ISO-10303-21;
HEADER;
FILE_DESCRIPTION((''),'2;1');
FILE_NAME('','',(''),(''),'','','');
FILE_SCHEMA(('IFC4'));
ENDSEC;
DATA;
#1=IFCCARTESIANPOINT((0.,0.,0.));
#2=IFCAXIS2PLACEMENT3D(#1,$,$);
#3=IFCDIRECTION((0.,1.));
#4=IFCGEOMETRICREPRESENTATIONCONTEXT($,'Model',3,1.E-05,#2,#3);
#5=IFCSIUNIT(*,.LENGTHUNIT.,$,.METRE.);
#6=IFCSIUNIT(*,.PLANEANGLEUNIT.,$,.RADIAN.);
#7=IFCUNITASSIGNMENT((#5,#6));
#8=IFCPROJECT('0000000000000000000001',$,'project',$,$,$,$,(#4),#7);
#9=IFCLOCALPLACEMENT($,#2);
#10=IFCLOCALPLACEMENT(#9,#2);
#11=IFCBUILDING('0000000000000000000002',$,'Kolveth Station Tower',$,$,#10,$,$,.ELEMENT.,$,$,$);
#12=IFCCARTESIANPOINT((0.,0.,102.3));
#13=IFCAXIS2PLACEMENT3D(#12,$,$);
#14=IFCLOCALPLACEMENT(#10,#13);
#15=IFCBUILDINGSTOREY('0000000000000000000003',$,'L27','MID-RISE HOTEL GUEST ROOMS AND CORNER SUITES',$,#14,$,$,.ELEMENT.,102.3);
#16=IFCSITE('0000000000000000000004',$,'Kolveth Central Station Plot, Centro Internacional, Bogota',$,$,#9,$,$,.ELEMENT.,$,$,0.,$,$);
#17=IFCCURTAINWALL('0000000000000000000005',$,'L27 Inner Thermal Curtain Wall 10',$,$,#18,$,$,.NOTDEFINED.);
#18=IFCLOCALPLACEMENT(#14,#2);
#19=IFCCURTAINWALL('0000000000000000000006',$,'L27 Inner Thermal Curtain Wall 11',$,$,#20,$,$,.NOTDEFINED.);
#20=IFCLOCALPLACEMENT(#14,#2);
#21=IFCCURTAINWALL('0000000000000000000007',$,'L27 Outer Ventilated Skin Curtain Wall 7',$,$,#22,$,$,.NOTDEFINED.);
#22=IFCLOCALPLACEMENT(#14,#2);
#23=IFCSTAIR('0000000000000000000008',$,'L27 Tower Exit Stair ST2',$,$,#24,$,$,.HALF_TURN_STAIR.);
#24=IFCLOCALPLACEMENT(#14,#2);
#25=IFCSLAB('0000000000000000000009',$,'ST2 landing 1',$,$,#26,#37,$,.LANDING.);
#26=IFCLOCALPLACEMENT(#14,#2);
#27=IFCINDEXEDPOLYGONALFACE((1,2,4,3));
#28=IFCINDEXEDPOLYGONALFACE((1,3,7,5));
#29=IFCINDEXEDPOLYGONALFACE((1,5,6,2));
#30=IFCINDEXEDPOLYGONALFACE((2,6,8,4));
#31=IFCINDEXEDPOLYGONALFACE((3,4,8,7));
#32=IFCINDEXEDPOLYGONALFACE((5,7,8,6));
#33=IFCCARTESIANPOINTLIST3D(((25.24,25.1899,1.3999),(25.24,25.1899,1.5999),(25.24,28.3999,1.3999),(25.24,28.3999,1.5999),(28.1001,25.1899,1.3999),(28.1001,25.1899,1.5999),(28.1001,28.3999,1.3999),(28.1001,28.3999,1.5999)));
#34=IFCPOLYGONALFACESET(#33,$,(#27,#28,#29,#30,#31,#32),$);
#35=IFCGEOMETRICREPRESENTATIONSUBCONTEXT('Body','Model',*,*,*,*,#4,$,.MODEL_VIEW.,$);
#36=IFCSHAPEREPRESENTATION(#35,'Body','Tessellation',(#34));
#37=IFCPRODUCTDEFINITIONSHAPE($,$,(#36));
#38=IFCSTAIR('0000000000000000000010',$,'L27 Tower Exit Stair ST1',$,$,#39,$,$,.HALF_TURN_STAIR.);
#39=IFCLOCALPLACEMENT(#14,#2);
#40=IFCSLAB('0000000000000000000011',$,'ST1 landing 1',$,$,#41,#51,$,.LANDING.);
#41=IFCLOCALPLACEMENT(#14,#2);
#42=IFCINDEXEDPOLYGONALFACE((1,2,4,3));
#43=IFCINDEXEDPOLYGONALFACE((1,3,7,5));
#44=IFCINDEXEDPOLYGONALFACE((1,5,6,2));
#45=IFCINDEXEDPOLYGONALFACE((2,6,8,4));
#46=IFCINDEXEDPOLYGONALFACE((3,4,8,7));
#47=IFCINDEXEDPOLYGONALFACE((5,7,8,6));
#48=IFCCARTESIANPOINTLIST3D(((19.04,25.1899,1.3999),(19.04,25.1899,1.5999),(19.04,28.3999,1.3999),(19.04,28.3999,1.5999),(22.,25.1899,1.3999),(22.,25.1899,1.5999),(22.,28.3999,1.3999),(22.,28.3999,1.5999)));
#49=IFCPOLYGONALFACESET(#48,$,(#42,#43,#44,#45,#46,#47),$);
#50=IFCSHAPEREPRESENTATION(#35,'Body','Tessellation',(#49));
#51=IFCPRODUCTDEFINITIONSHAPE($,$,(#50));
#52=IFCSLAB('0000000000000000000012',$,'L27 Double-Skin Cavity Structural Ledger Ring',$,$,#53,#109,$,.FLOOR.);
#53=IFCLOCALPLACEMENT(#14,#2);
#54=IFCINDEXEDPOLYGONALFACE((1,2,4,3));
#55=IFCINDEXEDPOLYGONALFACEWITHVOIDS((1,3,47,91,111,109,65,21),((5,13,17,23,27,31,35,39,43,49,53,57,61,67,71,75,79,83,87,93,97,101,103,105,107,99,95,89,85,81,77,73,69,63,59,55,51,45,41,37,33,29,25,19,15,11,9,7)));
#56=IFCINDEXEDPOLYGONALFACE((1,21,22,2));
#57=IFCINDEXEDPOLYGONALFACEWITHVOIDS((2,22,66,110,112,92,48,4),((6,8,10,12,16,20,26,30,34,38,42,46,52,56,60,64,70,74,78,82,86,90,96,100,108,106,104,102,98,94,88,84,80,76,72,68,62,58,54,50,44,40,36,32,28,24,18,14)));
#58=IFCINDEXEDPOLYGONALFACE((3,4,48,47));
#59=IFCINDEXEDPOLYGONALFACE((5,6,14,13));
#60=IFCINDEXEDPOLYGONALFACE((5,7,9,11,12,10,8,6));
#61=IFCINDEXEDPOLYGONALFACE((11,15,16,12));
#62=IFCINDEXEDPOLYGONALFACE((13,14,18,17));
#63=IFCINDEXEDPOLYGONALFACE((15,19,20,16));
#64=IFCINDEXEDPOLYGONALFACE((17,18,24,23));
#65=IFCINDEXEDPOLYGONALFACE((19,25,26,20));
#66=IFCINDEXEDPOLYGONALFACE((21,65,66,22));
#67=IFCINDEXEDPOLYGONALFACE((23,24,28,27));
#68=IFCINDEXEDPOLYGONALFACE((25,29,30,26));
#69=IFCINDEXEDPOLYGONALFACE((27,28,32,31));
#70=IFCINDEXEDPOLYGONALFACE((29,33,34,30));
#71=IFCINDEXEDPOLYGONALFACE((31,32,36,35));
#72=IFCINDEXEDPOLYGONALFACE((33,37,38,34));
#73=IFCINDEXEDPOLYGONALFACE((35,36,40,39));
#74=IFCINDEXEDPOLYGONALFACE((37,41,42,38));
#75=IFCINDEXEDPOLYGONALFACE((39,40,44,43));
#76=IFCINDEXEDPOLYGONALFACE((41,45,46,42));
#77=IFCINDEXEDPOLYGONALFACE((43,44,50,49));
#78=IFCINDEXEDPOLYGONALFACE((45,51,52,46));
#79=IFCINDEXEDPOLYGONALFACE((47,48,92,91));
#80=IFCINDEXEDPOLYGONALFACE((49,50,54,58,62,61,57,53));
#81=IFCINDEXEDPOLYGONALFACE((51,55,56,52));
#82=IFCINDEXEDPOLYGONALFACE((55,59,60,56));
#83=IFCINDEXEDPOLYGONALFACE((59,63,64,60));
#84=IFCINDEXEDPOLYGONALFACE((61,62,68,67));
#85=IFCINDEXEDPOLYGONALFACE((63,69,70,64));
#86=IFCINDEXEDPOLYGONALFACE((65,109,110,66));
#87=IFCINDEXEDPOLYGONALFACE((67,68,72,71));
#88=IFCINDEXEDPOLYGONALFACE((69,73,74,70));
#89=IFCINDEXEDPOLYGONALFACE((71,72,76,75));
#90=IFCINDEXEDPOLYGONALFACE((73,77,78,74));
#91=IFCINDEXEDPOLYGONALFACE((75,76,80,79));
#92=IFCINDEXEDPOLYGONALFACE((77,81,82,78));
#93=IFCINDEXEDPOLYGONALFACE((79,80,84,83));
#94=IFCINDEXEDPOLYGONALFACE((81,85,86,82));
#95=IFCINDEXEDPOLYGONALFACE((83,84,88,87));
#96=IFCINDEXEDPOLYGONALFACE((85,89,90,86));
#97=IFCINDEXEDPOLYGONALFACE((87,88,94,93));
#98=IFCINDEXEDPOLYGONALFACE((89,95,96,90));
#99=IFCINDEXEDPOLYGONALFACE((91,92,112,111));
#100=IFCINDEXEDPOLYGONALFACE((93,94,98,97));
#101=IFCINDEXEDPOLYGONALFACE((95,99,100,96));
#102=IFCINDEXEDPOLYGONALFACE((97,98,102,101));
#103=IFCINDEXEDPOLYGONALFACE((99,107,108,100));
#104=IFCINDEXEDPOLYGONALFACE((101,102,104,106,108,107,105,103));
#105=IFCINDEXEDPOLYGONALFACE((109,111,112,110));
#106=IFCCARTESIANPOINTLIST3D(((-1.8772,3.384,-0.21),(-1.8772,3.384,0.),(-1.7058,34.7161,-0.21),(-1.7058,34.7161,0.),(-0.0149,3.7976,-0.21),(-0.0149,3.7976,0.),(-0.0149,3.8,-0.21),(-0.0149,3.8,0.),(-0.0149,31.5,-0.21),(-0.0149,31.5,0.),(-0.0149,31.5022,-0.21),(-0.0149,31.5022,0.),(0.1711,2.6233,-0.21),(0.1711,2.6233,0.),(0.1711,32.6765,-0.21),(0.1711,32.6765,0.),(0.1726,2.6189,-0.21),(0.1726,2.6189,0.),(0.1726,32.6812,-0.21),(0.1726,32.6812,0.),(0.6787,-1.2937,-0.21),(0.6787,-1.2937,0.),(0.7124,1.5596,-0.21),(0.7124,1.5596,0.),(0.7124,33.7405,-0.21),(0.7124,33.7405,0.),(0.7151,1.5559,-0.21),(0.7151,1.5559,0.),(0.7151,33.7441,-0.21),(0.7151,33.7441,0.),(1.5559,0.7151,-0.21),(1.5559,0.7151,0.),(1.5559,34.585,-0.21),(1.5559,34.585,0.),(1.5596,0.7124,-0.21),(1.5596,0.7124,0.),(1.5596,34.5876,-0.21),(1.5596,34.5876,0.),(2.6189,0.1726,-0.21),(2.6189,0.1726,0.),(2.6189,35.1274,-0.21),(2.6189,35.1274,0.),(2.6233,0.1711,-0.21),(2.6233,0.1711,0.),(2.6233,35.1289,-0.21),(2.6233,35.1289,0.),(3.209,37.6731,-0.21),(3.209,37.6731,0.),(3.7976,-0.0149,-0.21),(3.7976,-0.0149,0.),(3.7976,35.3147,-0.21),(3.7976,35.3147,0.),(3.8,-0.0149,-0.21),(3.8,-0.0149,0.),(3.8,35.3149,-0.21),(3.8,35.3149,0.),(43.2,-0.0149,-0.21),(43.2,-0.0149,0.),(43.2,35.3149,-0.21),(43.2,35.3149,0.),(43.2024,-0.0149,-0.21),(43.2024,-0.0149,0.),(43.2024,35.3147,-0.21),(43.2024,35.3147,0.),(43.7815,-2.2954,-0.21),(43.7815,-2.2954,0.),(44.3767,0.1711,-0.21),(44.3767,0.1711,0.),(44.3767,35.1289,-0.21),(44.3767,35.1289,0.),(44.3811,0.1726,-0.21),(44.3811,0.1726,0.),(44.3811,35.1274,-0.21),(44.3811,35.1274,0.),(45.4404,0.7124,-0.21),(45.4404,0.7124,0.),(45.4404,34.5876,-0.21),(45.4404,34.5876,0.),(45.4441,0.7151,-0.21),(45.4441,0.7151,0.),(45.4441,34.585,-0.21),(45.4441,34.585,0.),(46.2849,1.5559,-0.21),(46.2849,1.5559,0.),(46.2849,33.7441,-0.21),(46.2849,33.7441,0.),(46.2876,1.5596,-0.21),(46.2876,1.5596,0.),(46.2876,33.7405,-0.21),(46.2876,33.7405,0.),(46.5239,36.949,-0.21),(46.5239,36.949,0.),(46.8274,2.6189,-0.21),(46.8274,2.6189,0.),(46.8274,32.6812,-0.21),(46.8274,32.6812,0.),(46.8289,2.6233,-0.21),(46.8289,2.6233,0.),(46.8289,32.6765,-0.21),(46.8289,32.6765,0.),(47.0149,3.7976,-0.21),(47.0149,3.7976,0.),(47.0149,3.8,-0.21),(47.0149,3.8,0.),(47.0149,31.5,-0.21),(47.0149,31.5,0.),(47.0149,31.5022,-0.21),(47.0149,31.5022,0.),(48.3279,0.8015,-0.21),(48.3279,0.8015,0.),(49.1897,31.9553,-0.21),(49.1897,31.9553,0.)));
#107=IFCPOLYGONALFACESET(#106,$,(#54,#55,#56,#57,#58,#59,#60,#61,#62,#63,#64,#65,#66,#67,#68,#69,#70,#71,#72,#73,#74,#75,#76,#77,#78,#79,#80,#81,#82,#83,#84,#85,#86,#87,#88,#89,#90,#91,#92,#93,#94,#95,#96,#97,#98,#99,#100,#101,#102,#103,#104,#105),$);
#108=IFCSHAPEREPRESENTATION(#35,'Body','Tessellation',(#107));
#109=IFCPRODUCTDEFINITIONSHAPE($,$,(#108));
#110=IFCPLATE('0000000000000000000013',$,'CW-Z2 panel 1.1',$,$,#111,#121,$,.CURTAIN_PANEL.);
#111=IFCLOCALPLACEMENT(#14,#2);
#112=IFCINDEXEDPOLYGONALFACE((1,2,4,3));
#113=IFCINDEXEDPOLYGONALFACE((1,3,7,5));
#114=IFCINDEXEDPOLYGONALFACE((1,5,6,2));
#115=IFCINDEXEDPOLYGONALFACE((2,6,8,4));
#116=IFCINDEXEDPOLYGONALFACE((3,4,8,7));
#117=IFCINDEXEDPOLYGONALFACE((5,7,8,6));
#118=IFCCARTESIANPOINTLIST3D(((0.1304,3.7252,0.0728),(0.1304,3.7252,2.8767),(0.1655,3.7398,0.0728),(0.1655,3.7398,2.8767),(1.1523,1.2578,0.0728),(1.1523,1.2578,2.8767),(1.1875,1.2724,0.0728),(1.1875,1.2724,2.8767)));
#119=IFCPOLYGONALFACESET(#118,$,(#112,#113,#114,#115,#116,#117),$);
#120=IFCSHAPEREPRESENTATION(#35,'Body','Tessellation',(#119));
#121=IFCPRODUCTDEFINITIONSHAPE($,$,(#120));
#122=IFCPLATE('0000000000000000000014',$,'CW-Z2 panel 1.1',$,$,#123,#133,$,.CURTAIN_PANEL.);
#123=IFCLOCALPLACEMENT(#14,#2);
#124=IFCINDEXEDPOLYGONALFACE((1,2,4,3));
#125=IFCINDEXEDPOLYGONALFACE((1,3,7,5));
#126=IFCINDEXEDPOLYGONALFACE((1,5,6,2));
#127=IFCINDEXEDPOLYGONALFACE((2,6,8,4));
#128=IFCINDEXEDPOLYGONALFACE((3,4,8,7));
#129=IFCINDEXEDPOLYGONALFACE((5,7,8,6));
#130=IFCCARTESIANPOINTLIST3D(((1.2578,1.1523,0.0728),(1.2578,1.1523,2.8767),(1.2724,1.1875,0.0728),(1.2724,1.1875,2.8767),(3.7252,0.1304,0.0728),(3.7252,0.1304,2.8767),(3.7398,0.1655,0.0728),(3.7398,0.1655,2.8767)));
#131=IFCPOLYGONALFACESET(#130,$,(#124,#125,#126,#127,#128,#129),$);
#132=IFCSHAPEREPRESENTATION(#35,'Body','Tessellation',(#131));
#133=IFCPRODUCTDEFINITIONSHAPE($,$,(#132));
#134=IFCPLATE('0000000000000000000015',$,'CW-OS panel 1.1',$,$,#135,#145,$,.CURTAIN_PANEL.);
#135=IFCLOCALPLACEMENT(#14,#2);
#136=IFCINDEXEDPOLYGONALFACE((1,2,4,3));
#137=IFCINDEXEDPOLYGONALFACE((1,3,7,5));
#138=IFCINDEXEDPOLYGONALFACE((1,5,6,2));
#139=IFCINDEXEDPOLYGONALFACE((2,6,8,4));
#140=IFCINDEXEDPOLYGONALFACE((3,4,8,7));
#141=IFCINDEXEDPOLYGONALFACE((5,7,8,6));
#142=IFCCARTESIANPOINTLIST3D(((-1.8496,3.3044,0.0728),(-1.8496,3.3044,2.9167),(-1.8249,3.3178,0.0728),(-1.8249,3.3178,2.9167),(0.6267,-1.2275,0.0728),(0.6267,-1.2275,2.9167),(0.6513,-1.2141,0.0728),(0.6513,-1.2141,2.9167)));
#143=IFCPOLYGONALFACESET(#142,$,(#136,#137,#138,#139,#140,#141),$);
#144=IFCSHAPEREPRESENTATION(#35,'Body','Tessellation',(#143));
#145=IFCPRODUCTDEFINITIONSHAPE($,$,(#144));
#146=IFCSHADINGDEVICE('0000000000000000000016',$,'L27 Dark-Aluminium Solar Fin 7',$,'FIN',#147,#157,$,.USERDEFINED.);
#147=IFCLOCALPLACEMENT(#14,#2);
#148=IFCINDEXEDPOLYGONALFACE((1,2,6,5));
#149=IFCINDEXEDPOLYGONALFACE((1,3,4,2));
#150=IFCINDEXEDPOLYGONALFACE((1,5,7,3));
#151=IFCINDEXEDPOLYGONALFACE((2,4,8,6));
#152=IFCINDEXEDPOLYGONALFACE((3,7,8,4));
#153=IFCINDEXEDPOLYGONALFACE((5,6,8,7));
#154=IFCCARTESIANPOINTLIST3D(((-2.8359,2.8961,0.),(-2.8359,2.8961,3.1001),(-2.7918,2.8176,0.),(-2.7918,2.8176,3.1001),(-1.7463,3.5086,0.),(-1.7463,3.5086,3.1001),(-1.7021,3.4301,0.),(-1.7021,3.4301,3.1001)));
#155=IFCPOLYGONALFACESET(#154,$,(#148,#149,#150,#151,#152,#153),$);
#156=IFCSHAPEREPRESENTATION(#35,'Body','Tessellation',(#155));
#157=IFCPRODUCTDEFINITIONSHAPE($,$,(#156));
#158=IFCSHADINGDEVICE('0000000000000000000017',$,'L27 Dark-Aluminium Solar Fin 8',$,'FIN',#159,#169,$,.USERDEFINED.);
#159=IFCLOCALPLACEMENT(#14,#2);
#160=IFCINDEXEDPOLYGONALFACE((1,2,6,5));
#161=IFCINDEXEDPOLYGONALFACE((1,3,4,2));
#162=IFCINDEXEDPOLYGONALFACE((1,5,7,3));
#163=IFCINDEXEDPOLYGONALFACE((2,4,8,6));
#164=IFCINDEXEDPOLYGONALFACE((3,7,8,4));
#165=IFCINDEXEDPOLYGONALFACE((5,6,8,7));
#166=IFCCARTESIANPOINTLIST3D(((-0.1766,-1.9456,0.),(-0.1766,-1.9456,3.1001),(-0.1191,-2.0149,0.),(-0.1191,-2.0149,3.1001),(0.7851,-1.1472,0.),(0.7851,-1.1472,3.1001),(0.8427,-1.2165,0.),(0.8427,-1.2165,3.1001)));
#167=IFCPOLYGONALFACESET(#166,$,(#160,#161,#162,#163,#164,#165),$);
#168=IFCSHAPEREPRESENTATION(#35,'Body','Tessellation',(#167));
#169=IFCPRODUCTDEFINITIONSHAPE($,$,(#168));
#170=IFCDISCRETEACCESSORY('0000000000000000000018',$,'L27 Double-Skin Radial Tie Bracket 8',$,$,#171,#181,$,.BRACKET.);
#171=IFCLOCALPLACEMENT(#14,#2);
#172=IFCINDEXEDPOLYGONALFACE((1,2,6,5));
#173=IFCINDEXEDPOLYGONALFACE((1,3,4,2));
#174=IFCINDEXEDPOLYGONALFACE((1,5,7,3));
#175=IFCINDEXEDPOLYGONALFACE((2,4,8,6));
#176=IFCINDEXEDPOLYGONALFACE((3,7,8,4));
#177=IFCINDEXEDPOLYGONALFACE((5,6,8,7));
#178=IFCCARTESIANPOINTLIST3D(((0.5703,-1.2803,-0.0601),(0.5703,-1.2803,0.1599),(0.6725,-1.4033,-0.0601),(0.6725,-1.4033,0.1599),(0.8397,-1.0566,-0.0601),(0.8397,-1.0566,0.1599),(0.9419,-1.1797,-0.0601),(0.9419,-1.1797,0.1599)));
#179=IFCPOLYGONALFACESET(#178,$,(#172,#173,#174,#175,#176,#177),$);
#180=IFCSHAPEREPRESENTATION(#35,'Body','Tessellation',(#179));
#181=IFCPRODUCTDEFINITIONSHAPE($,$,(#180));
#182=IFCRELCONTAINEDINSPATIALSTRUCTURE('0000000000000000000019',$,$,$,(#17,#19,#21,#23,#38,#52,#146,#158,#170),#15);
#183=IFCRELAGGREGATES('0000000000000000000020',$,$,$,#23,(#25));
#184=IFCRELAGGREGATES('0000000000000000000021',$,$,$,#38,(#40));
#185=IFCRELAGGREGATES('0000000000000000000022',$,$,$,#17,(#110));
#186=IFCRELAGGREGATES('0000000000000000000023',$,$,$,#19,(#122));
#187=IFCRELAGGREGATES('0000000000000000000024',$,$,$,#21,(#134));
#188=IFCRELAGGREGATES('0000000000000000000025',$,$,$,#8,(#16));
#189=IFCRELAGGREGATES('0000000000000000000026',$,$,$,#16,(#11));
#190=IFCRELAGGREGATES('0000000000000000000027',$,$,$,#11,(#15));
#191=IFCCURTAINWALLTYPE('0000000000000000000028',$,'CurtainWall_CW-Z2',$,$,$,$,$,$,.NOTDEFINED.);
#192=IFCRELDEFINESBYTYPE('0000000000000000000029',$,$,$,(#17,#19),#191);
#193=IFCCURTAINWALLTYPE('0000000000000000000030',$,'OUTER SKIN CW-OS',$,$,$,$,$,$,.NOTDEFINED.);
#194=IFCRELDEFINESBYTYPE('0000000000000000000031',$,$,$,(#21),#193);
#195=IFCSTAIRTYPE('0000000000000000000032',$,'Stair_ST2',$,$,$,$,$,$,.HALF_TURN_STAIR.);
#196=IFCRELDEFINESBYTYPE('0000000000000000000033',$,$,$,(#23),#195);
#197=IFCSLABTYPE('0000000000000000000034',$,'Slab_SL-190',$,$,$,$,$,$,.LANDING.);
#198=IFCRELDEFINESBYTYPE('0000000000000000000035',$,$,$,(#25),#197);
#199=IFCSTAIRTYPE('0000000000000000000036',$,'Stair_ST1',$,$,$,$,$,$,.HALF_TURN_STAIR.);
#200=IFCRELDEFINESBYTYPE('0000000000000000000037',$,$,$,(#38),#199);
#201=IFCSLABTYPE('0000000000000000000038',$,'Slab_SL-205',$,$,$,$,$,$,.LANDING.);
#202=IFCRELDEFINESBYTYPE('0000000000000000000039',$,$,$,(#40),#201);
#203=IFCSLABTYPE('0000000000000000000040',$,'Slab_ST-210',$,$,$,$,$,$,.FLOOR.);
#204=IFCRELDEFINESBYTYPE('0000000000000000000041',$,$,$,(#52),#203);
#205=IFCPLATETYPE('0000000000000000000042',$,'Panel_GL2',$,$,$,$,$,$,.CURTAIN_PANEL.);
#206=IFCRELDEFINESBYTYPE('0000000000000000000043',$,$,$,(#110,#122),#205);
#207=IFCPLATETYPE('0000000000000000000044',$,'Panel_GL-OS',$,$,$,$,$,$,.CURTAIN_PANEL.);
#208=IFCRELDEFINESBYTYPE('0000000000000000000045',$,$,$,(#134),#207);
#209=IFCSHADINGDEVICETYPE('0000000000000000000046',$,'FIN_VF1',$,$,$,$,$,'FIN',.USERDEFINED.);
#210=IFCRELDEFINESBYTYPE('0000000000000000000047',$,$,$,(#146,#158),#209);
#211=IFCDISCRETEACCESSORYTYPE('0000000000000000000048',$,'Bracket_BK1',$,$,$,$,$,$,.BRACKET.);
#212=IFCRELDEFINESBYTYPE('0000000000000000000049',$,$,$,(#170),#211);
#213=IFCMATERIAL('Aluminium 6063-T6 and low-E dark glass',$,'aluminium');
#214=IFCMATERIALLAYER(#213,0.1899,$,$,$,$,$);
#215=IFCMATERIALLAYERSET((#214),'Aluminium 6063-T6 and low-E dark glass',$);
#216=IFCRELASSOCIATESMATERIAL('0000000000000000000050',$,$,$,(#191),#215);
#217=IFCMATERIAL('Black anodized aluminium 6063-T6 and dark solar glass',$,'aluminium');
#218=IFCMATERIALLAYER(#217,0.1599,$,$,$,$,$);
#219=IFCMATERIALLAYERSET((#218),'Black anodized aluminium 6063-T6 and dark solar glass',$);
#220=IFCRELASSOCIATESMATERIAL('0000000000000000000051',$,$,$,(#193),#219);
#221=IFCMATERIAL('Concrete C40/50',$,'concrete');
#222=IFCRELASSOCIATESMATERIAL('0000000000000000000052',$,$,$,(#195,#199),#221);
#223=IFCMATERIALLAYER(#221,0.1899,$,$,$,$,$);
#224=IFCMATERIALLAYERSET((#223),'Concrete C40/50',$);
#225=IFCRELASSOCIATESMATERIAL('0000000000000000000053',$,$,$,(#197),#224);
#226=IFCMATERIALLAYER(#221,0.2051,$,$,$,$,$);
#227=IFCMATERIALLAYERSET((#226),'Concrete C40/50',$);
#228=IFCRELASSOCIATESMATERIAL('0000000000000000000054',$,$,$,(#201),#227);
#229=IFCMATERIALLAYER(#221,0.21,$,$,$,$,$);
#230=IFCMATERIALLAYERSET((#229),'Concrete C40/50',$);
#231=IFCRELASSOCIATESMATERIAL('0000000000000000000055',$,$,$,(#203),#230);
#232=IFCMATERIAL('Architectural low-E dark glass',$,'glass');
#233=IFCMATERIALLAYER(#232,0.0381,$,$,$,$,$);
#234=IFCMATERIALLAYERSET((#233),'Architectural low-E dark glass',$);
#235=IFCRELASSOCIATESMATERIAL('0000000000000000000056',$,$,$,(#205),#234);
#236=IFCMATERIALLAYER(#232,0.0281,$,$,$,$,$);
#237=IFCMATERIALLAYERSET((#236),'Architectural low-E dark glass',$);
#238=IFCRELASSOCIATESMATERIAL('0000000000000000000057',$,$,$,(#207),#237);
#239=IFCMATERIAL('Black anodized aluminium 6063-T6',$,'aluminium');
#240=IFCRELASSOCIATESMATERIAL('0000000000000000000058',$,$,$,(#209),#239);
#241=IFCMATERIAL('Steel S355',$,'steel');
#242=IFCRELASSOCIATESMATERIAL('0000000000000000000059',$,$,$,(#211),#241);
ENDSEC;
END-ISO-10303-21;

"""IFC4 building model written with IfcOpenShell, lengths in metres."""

from ifc_helpers import new_model, si_unit, direction, frame, origin, origin_2d, place, context, subcontext, project, spatial, polyline, rectangle, outline, extrude, source, transform, mapped, material, layer, layer_set, type_object, element, aggregate, save


model = new_model("IFC4")

# Units and contexts
model_context = context("Model", 3, precision=1e-05, world=origin(), true_north=direction((0.0, 1.0)))
body_context = subcontext(model_context, "Body", "Model", "MODEL_VIEW")
ifc_project = project(units=[si_unit("LENGTHUNIT", "METRE"), si_unit("PLANEANGLEUNIT", "RADIAN")], contexts=[model_context])

# Site, building, storey
site_placement = place(None, origin())
site = spatial("IfcSite", under=ifc_project, at=site_placement, Name="Kolveth Central Station Plot, Centro Internacional, Bogota", CompositionType="ELEMENT", RefElevation=0.0)
building_placement = place(site_placement, origin())
building = spatial("IfcBuilding", under=site, at=building_placement, Name="Kolveth Station Tower", CompositionType="ELEMENT")
storey_placement = place(building_placement, frame((0.0, 0.0, 102.3)))
storey = spatial("IfcBuildingStorey", under=building, at=storey_placement, Name="L27", Description="MID-RISE HOTEL GUEST ROOMS AND CORNER SUITES", CompositionType="ELEMENT", Elevation=102.3)

# Shared definitions
ifc_material_1 = material(Name="Steel S355", Category="steel")

# Curtain wall
ifc_material_2 = material(Name="Aluminium 6063-T6 and low-E dark glass", Category="aluminium")
ifc_layer_1 = layer(ifc_material_2, 0.1899)
ifc_layer_set_1 = layer_set([ifc_layer_1], Name="Aluminium 6063-T6 and low-E dark glass")
curtain_wall_type_1 = type_object("IfcCurtainWallType", Name="CurtainWall_CW-Z2", PredefinedType="NOTDEFINED", material=ifc_layer_set_1)
curtain_wall_1_placement = place(storey_placement, origin())
curtain_wall_1 = element("IfcCurtainWall", 1, at=curtain_wall_1_placement, inside=storey, type_object=curtain_wall_type_1, Name="L27 Inner Thermal Curtain Wall 10", PredefinedType="NOTDEFINED")
ifc_material_3 = material(Name="Black anodized aluminium 6063-T6", Category="aluminium")

# Curtain wall
curtain_wall_2_placement = place(storey_placement, origin())
curtain_wall_2 = element("IfcCurtainWall", 2, at=curtain_wall_2_placement, inside=storey, type_object=curtain_wall_type_1, Name="L27 Inner Thermal Curtain Wall 11", PredefinedType="NOTDEFINED")

# Curtain wall
ifc_material_4 = material(Name="Black anodized aluminium 6063-T6 and dark solar glass", Category="aluminium")
ifc_layer_2 = layer(ifc_material_4, 0.1599)
ifc_layer_set_2 = layer_set([ifc_layer_2], Name="Black anodized aluminium 6063-T6 and dark solar glass")
curtain_wall_type_2 = type_object("IfcCurtainWallType", Name="OUTER SKIN CW-OS", PredefinedType="NOTDEFINED", material=ifc_layer_set_2)
curtain_wall_3_placement = place(storey_placement, origin())
curtain_wall_3 = element("IfcCurtainWall", 3, at=curtain_wall_3_placement, inside=storey, type_object=curtain_wall_type_2, Name="L27 Outer Ventilated Skin Curtain Wall 7", PredefinedType="NOTDEFINED")

# Shared definitions
ifc_material_5 = material(Name="Concrete C40/50", Category="concrete")

# Stairs, slabs
stair_type_1 = type_object("IfcStairType", Name="Stair_ST2", PredefinedType="HALF_TURN_STAIR", material=ifc_material_5)
stair_1_placement = place(storey_placement, origin())
stair_1 = element("IfcStair", 4, at=stair_1_placement, inside=storey, type_object=stair_type_1, Name="L27 Tower Exit Stair ST2", PredefinedType="HALF_TURN_STAIR")
ifc_layer_3 = layer(ifc_material_5, 0.1899)
ifc_layer_set_3 = layer_set([ifc_layer_3], Name="Concrete C40/50")
slab_type_1 = type_object("IfcSlabType", Name="Slab_SL-190", PredefinedType="LANDING", material=ifc_layer_set_3)
slab_1_placement = place(storey_placement, frame((0.0, 0.0, 1.3999)))
slab_1 = element("IfcSlab", 5, at=slab_1_placement, type_object=slab_type_1, Name="ST2 landing 1", PredefinedType="LANDING", context=body_context, shape_type="SweptSolid", body=[
    extrude(outline(polyline([(28.1001, 25.1899), (28.1001, 28.3999), (25.24, 28.3999), (25.24, 25.1899), (28.1001, 25.1899)])), origin(), (0.0, 0.0, 1.0), 0.2),
])
aggregate(stair_1, [slab_1])
stair_type_2 = type_object("IfcStairType", Name="Stair_ST1", PredefinedType="HALF_TURN_STAIR", material=ifc_material_5)
stair_2_placement = place(storey_placement, origin())
stair_2 = element("IfcStair", 6, at=stair_2_placement, inside=storey, type_object=stair_type_2, Name="L27 Tower Exit Stair ST1", PredefinedType="HALF_TURN_STAIR")
ifc_layer_4 = layer(ifc_material_5, 0.2051)
ifc_layer_set_4 = layer_set([ifc_layer_4], Name="Concrete C40/50")
slab_type_2 = type_object("IfcSlabType", Name="Slab_SL-205", PredefinedType="LANDING", material=ifc_layer_set_4)
slab_2_placement = place(storey_placement, frame((0.0, 0.0, 1.3999)))
slab_2 = element("IfcSlab", 7, at=slab_2_placement, type_object=slab_type_2, Name="ST1 landing 1", PredefinedType="LANDING", context=body_context, shape_type="SweptSolid", body=[
    extrude(outline(polyline([(22.0, 25.1899), (22.0, 28.3999), (19.04, 28.3999), (19.04, 25.1899), (22.0, 25.1899)])), origin(), (0.0, 0.0, 1.0), 0.2),
])
aggregate(stair_2, [slab_2])

# Slab
ifc_layer_5 = layer(ifc_material_5, 0.21)
ifc_layer_set_5 = layer_set([ifc_layer_5], Name="Concrete C40/50")
slab_type_3 = type_object("IfcSlabType", Name="Slab_ST-210", PredefinedType="FLOOR", material=ifc_layer_set_5)
slab_3_placement = place(storey_placement, frame((0.0, 0.0, -0.21)))
element("IfcSlab", 8, at=slab_3_placement, inside=storey, type_object=slab_type_3, Name="L27 Double-Skin Cavity Structural Ledger Ring", PredefinedType="FLOOR", context=body_context, shape_type="SweptSolid", body=[
    extrude(outline(polyline([(0.6787, -1.2937), (-1.8772, 3.384), (-1.7058, 34.7161), (3.209, 37.6731), (46.5239, 36.949), (49.1897, 31.9553), (48.3279, 0.8015), (43.7815, -2.2954), (0.6787, -1.2937)]), holes=[polyline([(43.2024, -0.0149), (44.3767, 0.1711), (44.3811, 0.1726), (45.4404, 0.7124), (45.4441, 0.7151), (46.2849, 1.5559), (46.2876, 1.5596), (46.8274, 2.6189), (46.8289, 2.6233), (47.0149, 3.7976), (47.0149, 3.8), (47.0149, 31.5), (47.0149, 31.5022), (46.8289, 32.6765), (46.8274, 32.6812), (46.2876, 33.7405), (46.2849, 33.7441), (45.4441, 34.585), (45.4404, 34.5876), (44.3811, 35.1274), (44.3767, 35.1289), (43.2024, 35.3147), (43.2, 35.3149), (3.8, 35.3149), (3.7976, 35.3147), (2.6233, 35.1289), (2.6189, 35.1274), (1.5596, 34.5876), (1.5559, 34.585), (0.7151, 33.7441), (0.7124, 33.7405), (0.1726, 32.6812), (0.1711, 32.6765), (-0.0149, 31.5022), (-0.0149, 31.5), (-0.0149, 3.8), (-0.0149, 3.7976), (0.1711, 2.6233), (0.1726, 2.6189), (0.7124, 1.5596), (0.7151, 1.5559), (1.5559, 0.7151), (1.5596, 0.7124), (2.6189, 0.1726), (2.6233, 0.1711), (3.7976, -0.0149), (3.8, -0.0149), (43.2, -0.0149), (43.2024, -0.0149)])]), origin(), (0.0, 0.0, 1.0), 0.21),
])

# Plates
ifc_material_6 = material(Name="Architectural low-E dark glass", Category="glass")
ifc_layer_6 = layer(ifc_material_6, 0.0381)
ifc_layer_set_6 = layer_set([ifc_layer_6], Name="Architectural low-E dark glass")
plate_type_1 = type_object("IfcPlateType", Name="Panel_GL2", PredefinedType="CURTAIN_PANEL", material=ifc_layer_set_6)
shared_shape_1 = source(origin(), body_context, "Body", "SweptSolid", [
    extrude(rectangle(XDim=2.6707, YDim=0.0381, at=origin_2d()), origin(), (0.0, 0.0, 1.0), 2.804),
])
plate_1_placement = place(storey_placement, frame((0.6589, 2.4988, 0.0728), z_axis=(0.0, 0.0, 1.0), x_axis=(0.382663, -0.923888, 0.0)))
plate_1 = element("IfcPlate", 9, at=plate_1_placement, type_object=plate_type_1, Name="CW-Z2 panel 1.1", PredefinedType="CURTAIN_PANEL", context=body_context, shape_type="MappedRepresentation", body=[
    mapped(shared_shape_1, transform((0.0, 0.0, 0.0), x_axis=(1.0, 0.0, 0.0), y_axis=(0.0, 1.0, 0.0), z_axis=(0.0, 0.0, 1.0), scale=1.0)),
])
aggregate(curtain_wall_1, [plate_1])
plate_2_placement = place(storey_placement, frame((2.4988, 0.6589, 0.0728), z_axis=(0.0, 0.0, 1.0), x_axis=(0.923888, -0.382663, 0.0)))
plate_2 = element("IfcPlate", 10, at=plate_2_placement, type_object=plate_type_1, Name="CW-Z2 panel 1.1", PredefinedType="CURTAIN_PANEL", context=body_context, shape_type="MappedRepresentation", body=[
    mapped(shared_shape_1, transform((0.0, 0.0, 0.0), x_axis=(1.0, 0.0, 0.0), y_axis=(0.0, 1.0, 0.0), z_axis=(0.0, 0.0, 1.0), scale=1.0)),
])
aggregate(curtain_wall_2, [plate_2])
ifc_layer_7 = layer(ifc_material_6, 0.0281)
ifc_layer_set_7 = layer_set([ifc_layer_7], Name="Architectural low-E dark glass")
plate_type_2 = type_object("IfcPlateType", Name="Panel_GL-OS", PredefinedType="CURTAIN_PANEL", material=ifc_layer_set_7)
shared_shape_2 = source(origin(), body_context, "Body", "SweptSolid", [
    extrude(rectangle(XDim=5.1643, YDim=0.0281, at=origin_2d()), origin(), (0.0, 0.0, 1.0), 2.844),
])
plate_3_placement = place(storey_placement, frame((-0.5991, 1.0452, 0.0728), z_axis=(0.0, 0.0, 1.0), x_axis=(0.4795, -0.877542, 0.0)))
plate_3 = element("IfcPlate", 11, at=plate_3_placement, type_object=plate_type_2, Name="CW-OS panel 1.1", PredefinedType="CURTAIN_PANEL", context=body_context, shape_type="MappedRepresentation", body=[
    mapped(shared_shape_2, transform((0.0, 0.0, 0.0), x_axis=(1.0, 0.0, 0.0), y_axis=(0.0, 1.0, 0.0), z_axis=(0.0, 0.0, 1.0), scale=1.0)),
])
aggregate(curtain_wall_3, [plate_3])

# Shading devices
shading_device_type = type_object("IfcShadingDeviceType", Name="FIN_VF1", ElementType="FIN", PredefinedType="USERDEFINED", material=ifc_material_3)
shared_shape_3 = source(origin(), body_context, "Body", "SweptSolid", [
    extrude(rectangle(XDim=1.25, YDim=0.0901, at=origin_2d()), origin(), (0.0, 0.0, 1.0), 3.1001),
])
for number, where, z_axis, x_axis, name in (
    (12, (-2.269, 3.1631, 0.0), (0.0, 0.0, 1.0), (-0.871727, -0.489991, 0.0), "L27 Dark-Aluminium Solar Fin 7"),
    (13, (0.333, -1.5811, 0.0), (0.0, 0.0, 1.0), (-0.7694, -0.638768, 0.0), "L27 Dark-Aluminium Solar Fin 8"),
):
    element("IfcShadingDevice", number, at=place(storey_placement, frame(where, z_axis=z_axis, x_axis=x_axis)), inside=storey, type_object=shading_device_type, Name=name, ObjectType="FIN", PredefinedType="USERDEFINED", context=body_context, shape_type="MappedRepresentation", body=[
        mapped(shared_shape_3, transform((0.0, 0.0, 0.0), x_axis=(1.0, 0.0, 0.0), y_axis=(0.0, 1.0, 0.0), z_axis=(0.0, 0.0, 1.0), scale=1.0)),
    ])

# Discrete accessory
discrete_accessory_type = type_object("IfcDiscreteAccessoryType", Name="Bracket_BK1", PredefinedType="BRACKET", material=ifc_material_1)
shared_shape_4 = source(origin(), body_context, "Body", "SweptSolid", [
    extrude(rectangle(XDim=0.3501, YDim=0.1599, at=origin_2d()), origin(), (0.0, 0.0, 1.0), 0.22),
])
discrete_accessory_placement = place(storey_placement, frame((0.7561, -1.23, -0.0601), z_axis=(0.0, 0.0, 1.0), x_axis=(-0.7694, -0.638768, 0.0)))
element("IfcDiscreteAccessory", 14, at=discrete_accessory_placement, inside=storey, type_object=discrete_accessory_type, Name="L27 Double-Skin Radial Tie Bracket 8", PredefinedType="BRACKET", context=body_context, shape_type="MappedRepresentation", body=[
    mapped(shared_shape_4, transform((0.0, 0.0, 0.0), x_axis=(1.0, 0.0, 0.0), y_axis=(0.0, 1.0, 0.0), z_axis=(0.0, 0.0, 1.0), scale=1.0)),
])

save(model, "model.ifc")
